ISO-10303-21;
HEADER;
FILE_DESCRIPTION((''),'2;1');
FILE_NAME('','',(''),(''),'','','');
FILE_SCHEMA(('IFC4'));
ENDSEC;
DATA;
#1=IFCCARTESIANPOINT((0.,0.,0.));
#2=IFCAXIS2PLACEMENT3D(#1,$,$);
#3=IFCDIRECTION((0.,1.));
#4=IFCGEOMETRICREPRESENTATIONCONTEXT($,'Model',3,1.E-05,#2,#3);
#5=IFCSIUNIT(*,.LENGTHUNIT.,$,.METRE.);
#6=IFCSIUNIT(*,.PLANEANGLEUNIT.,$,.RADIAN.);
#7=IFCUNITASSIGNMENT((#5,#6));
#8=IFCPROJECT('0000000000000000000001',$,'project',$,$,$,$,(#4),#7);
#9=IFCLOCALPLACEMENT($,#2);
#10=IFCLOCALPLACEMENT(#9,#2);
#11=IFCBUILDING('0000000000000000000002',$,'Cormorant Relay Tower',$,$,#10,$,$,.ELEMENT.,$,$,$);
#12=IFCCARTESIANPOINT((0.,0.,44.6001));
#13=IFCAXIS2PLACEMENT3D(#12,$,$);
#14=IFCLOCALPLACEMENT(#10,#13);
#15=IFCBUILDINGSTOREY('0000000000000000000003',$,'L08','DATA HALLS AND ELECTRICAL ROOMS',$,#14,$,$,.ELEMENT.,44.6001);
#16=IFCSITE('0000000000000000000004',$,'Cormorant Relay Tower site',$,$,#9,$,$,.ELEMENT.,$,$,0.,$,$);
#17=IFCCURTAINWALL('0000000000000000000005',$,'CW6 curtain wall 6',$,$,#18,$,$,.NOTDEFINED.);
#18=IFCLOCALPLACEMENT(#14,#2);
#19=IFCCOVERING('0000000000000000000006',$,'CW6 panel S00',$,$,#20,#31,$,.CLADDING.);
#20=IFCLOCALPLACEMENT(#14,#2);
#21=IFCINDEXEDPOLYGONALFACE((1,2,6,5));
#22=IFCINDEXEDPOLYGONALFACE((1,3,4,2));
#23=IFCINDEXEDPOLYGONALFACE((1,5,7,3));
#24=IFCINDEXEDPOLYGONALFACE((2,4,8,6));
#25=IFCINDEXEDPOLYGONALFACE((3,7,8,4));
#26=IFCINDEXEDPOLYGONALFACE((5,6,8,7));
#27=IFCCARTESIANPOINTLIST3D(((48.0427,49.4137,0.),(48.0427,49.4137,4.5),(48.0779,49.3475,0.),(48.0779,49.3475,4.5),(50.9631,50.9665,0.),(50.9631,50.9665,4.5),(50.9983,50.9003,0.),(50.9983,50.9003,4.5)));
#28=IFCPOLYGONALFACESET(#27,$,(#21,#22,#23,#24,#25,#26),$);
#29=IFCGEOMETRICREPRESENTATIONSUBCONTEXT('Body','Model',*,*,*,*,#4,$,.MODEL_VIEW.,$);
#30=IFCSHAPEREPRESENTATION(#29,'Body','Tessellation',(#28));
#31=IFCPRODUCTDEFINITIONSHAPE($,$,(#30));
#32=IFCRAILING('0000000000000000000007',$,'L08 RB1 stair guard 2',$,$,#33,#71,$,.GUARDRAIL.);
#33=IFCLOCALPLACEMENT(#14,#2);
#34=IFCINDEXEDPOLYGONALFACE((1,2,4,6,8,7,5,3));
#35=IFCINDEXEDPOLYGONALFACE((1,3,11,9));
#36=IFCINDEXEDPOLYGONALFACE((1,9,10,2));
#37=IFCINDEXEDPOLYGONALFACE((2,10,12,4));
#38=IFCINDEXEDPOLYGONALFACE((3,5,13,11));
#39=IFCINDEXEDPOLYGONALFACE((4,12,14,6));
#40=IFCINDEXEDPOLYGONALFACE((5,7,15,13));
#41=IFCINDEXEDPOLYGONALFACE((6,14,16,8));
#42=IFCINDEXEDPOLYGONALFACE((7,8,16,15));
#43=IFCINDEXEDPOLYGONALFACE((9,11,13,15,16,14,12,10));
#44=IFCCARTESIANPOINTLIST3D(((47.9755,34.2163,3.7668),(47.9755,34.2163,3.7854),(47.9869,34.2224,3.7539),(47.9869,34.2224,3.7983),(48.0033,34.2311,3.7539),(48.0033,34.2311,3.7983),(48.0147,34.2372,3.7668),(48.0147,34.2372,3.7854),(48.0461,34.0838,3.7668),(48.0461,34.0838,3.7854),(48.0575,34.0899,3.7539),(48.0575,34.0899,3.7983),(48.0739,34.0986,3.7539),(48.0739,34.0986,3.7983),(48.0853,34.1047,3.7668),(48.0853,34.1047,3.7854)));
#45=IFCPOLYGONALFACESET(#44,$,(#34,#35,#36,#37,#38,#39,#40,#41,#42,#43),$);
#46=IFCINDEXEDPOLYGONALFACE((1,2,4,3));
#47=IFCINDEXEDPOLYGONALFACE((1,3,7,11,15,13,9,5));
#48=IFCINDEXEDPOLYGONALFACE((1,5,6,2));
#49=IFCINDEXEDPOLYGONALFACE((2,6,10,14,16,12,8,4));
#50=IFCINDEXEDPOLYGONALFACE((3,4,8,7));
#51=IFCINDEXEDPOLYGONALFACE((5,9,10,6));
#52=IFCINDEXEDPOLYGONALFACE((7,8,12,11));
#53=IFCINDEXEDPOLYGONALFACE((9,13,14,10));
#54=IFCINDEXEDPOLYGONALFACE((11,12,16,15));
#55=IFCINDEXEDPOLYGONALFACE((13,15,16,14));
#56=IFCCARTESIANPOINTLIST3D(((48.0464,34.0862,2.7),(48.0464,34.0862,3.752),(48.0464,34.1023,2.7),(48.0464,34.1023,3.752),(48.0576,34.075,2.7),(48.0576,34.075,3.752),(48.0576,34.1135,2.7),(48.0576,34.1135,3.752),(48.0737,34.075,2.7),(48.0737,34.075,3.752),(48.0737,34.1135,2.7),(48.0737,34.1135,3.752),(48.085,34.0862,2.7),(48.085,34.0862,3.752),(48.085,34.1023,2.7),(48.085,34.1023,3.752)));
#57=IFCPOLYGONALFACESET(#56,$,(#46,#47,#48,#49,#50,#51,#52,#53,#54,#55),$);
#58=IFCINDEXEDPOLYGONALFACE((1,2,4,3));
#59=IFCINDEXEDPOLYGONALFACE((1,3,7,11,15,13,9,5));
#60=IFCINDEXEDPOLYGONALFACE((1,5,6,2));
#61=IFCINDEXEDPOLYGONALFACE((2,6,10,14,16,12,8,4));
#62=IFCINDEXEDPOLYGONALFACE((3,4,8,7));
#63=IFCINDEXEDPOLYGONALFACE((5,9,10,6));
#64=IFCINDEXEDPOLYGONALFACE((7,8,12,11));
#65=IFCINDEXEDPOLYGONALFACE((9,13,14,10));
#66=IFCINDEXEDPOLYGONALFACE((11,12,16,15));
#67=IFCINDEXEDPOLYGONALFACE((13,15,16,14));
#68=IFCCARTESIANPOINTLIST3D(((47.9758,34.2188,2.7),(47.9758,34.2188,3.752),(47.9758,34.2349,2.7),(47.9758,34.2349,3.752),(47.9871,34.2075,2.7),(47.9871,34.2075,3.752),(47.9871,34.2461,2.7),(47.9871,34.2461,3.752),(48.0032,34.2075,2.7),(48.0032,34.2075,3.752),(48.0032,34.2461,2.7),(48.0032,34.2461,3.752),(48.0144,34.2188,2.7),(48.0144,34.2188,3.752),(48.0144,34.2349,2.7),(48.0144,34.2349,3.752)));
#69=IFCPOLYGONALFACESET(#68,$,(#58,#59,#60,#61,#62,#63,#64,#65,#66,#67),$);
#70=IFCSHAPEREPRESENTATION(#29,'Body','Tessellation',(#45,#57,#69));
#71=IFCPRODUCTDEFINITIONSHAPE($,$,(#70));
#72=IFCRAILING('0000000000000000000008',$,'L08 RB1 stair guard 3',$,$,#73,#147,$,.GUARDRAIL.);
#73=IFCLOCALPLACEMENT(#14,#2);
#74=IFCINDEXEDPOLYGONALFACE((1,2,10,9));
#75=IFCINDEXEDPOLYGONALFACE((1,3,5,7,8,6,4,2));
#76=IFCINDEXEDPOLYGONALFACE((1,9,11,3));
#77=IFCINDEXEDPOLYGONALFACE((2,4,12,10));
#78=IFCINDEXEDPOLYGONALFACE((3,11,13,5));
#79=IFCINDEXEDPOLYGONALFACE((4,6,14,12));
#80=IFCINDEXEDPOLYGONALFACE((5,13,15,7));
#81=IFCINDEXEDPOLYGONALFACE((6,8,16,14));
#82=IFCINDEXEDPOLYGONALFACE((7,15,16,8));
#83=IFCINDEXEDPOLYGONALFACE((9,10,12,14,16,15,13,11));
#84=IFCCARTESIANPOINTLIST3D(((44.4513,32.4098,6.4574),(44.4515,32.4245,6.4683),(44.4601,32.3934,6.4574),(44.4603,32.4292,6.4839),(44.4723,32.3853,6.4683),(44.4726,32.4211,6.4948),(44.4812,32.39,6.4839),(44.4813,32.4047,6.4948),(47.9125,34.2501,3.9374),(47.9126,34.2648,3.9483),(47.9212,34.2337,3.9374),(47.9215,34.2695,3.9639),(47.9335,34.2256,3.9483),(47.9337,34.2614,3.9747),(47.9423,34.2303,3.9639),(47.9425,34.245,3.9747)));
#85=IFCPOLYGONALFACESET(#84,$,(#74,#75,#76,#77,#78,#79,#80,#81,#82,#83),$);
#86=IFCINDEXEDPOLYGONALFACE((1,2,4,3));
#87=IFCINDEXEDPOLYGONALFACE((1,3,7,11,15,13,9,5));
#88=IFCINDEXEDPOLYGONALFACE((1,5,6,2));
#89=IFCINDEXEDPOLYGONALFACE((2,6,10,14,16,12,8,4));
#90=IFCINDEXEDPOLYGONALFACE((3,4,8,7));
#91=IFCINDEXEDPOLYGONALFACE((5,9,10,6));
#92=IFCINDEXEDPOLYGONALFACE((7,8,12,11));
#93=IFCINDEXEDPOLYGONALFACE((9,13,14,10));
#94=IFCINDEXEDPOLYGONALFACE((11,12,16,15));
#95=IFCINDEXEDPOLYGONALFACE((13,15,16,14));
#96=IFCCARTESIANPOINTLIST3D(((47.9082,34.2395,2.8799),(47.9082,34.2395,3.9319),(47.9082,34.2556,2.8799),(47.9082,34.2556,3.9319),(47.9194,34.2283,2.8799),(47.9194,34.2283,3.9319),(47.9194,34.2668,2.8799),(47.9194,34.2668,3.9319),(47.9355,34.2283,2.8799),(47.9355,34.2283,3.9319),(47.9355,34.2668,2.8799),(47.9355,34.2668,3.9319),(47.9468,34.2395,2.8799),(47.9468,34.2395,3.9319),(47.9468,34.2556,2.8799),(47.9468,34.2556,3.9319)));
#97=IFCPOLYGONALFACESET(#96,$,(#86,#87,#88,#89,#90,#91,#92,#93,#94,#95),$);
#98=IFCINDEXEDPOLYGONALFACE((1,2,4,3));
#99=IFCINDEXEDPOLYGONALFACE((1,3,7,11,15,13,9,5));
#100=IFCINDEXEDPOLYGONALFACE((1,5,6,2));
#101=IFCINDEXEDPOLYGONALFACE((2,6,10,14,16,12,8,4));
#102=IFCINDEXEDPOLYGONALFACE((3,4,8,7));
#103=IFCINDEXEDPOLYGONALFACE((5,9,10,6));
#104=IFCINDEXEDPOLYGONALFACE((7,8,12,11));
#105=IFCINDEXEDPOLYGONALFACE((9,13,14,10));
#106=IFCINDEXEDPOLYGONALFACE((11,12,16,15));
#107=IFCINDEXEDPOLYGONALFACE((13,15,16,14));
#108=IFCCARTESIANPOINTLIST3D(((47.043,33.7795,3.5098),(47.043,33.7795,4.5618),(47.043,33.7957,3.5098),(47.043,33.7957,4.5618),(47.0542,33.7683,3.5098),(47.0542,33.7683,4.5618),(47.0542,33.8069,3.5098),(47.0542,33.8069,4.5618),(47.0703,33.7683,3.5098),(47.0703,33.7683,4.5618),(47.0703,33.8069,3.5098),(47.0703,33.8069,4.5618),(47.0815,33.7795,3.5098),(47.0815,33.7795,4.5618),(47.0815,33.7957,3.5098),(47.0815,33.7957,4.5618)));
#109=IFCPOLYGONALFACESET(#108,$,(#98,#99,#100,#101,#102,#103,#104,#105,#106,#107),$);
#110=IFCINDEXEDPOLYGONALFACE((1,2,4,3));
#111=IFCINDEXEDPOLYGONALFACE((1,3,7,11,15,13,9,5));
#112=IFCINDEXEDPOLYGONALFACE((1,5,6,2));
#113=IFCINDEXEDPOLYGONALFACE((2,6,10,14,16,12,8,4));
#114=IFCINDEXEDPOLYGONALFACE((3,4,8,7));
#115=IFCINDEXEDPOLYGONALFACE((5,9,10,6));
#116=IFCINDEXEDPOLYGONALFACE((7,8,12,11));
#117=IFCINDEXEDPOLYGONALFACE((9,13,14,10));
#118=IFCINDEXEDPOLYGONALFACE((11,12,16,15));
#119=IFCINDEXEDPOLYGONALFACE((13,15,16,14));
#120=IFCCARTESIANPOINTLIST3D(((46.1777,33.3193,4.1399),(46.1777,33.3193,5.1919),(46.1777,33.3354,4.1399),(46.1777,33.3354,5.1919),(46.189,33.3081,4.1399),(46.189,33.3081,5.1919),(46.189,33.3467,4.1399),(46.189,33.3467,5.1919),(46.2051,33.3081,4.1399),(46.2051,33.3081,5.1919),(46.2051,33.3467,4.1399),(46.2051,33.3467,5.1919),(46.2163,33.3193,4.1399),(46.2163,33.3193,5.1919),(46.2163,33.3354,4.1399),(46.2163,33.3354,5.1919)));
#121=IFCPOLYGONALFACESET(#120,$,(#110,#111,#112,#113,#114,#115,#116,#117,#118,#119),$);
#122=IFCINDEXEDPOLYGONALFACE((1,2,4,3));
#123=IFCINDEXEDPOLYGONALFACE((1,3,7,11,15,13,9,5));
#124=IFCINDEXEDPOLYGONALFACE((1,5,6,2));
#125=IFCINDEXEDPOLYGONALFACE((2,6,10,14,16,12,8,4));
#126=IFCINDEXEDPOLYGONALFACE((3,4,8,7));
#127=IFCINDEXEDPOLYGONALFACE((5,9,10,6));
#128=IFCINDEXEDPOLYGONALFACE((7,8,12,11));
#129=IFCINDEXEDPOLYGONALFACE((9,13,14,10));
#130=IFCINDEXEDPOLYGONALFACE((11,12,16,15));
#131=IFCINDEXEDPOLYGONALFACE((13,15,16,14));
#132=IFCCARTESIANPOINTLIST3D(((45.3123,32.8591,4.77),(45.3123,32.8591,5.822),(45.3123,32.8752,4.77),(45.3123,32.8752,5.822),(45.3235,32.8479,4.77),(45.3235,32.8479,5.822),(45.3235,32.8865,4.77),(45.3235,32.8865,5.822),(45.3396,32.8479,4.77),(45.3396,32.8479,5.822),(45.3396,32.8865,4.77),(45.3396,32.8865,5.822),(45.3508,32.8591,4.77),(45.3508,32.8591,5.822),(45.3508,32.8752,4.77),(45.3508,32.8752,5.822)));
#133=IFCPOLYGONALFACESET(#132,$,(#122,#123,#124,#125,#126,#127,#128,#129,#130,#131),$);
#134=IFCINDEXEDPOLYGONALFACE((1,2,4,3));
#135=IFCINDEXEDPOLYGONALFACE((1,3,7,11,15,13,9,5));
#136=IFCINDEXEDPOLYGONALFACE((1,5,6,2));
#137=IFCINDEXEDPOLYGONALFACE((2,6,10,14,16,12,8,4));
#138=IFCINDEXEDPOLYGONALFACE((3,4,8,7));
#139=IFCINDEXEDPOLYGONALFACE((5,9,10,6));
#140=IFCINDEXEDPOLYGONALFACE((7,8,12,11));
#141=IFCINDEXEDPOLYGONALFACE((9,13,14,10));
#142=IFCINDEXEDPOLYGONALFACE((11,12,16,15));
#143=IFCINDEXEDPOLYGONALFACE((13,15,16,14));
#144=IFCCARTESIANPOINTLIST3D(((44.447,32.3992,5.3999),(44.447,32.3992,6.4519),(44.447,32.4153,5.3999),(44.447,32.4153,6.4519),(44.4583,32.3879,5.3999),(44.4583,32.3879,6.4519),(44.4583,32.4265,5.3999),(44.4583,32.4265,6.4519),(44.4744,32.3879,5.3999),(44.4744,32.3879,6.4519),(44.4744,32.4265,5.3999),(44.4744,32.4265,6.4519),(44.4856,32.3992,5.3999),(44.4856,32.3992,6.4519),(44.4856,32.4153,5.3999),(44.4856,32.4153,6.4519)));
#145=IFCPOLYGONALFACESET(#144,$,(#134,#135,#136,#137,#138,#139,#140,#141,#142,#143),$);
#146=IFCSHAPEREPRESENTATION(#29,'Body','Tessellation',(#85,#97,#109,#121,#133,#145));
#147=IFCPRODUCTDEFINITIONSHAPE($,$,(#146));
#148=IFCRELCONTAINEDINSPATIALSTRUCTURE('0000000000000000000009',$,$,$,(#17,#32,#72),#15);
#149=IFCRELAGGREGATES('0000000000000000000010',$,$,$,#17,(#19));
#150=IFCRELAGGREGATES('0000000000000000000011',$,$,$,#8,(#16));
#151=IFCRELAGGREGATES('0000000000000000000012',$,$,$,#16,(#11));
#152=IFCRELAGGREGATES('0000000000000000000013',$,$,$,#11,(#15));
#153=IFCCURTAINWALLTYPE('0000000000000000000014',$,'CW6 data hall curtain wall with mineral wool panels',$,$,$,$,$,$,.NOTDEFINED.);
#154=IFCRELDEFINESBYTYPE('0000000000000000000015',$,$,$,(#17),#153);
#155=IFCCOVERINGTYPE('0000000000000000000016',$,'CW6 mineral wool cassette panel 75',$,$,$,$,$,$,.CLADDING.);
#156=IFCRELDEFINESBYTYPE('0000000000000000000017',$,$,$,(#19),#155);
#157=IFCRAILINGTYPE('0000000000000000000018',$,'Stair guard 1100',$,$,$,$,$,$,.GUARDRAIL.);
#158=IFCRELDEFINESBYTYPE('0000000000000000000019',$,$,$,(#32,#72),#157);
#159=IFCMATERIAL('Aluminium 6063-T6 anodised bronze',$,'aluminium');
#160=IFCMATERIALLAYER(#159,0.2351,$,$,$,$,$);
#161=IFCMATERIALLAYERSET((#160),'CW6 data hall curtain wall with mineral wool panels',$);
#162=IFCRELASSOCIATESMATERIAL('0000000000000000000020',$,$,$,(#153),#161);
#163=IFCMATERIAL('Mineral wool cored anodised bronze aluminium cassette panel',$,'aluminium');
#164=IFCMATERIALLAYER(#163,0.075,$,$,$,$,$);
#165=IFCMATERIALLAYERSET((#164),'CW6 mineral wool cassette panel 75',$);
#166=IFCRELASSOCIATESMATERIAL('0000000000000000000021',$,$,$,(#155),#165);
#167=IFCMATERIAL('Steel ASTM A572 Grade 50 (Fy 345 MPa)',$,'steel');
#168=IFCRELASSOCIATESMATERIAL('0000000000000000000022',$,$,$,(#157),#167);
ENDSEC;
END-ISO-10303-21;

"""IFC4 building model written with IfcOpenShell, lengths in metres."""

from ifc_helpers import new_model, si_unit, direction, frame, origin, origin_2d, place, context, subcontext, project, spatial, polyline, rectangle, outline, extrude, material, layer, layer_set, type_object, element, aggregate, save


model = new_model("IFC4")

# Units and contexts
model_context = context("Model", 3, precision=1e-05, world=origin(), true_north=direction((0.0, 1.0)))
body_context = subcontext(model_context, "Body", "Model", "MODEL_VIEW")
ifc_project = project(units=[si_unit("LENGTHUNIT", "METRE"), si_unit("PLANEANGLEUNIT", "RADIAN")], contexts=[model_context])

# Site, building, storey
site_placement = place(None, origin())
site = spatial("IfcSite", under=ifc_project, at=site_placement, Name="Cormorant Relay Tower site", CompositionType="ELEMENT", RefElevation=0.0)
building_placement = place(site_placement, origin())
building = spatial("IfcBuilding", under=site, at=building_placement, Name="Cormorant Relay Tower", CompositionType="ELEMENT")
storey_placement = place(building_placement, frame((0.0, 0.0, 44.6001)))
storey = spatial("IfcBuildingStorey", under=building, at=storey_placement, Name="L08", Description="DATA HALLS AND ELECTRICAL ROOMS", CompositionType="ELEMENT", Elevation=44.6001)

# Shared definitions
ifc_material_1 = material(Name="Aluminium 6063-T6 anodised bronze", Category="aluminium")
ifc_layer_1 = layer(ifc_material_1, 0.2351)
ifc_layer_set_1 = layer_set([ifc_layer_1], Name="CW6 data hall curtain wall with mineral wool panels")
curtain_wall_type = type_object("IfcCurtainWallType", Name="CW6 data hall curtain wall with mineral wool panels", PredefinedType="NOTDEFINED", material=ifc_layer_set_1)

# Curtain wall
curtain_wall_1_placement = place(storey_placement, origin())
curtain_wall_1 = element("IfcCurtainWall", 1, at=curtain_wall_1_placement, inside=storey, type_object=curtain_wall_type, Name="CW6 curtain wall 6", PredefinedType="NOTDEFINED")

# Covering
ifc_material_2 = material(Name="Mineral wool cored anodised bronze aluminium cassette panel", Category="aluminium")
ifc_layer_2 = layer(ifc_material_2, 0.075)
ifc_layer_set_2 = layer_set([ifc_layer_2], Name="CW6 mineral wool cassette panel 75")
covering_type = type_object("IfcCoveringType", Name="CW6 mineral wool cassette panel 75", PredefinedType="CLADDING", material=ifc_layer_set_2)
covering_1_placement = place(storey_placement, frame((49.5205, 50.157, 0.0), z_axis=(0.0, 0.0, 1.0), x_axis=(-0.882948, -0.469472, 0.0)))
covering_1 = element("IfcCovering", 2, at=covering_1_placement, type_object=covering_type, Name="CW6 panel S00", PredefinedType="CLADDING", context=body_context, shape_type="SweptSolid", body=[
    extrude(rectangle(XDim=3.3076, YDim=0.075, at=origin_2d()), origin(), (0.0, 0.0, 1.0), 4.5),
])
aggregate(curtain_wall_1, [covering_1])

# Railings
ifc_material_3 = material(Name="Steel ASTM A572 Grade 50 (Fy 345 MPa)", Category="steel")
railing_type_1 = type_object("IfcRailingType", Name="Stair guard 1100", PredefinedType="GUARDRAIL", material=ifc_material_3)
railing_1_placement = place(storey_placement, frame((48.0657, 34.0942, 2.7)))
element("IfcRailing", 3, at=railing_1_placement, inside=storey, type_object=railing_type_1, Name="L08 RB1 stair guard 2", PredefinedType="GUARDRAIL", context=body_context, shape_type="SweptSolid", body=[
    extrude(outline(polyline([(0.0222, 0.0093), (0.0093, 0.0222), (-0.0093, 0.0222), (-0.0222, 0.0093), (-0.0222, -0.0093), (-0.0093, -0.0222), (0.0093, -0.0222), (0.0222, -0.0093), (0.0222, 0.0093)])), frame((0.0, 0.0, 1.0762), z_axis=(-0.469829, 0.882758, 0.0), x_axis=(-0.882758, -0.469829, 0.0)), (0.0, 0.0, 1.0), 0.1501),
    extrude(outline(polyline([(0.0193, 0.0081), (0.0081, 0.0193), (-0.0081, 0.0193), (-0.0193, 0.0081), (-0.0193, -0.0081), (-0.0081, -0.0193), (0.0081, -0.0193), (0.0193, -0.0081), (0.0193, 0.0081)])), origin(), (0.0, 0.0, 1.0), 1.052),
    extrude(outline(polyline([(0.0193, 0.0081), (0.0081, 0.0193), (-0.0081, 0.0193), (-0.0193, 0.0081), (-0.0193, -0.0081), (-0.0081, -0.0193), (0.0081, -0.0193), (0.0193, -0.0081), (0.0193, 0.0081)])), frame((-0.0706, 0.1326, 0.0)), (0.0, 0.0, 1.0), 1.052),
])
railing_2_placement = place(storey_placement, frame((47.9275, 34.2476, 2.8799)))
element("IfcRailing", 4, at=railing_2_placement, inside=storey, type_object=railing_type_1, Name="L08 RB1 stair guard 3", PredefinedType="GUARDRAIL", context=body_context, shape_type="SweptSolid", body=[
    extrude(outline(polyline([(0.0222, 0.0093), (0.0093, 0.0222), (-0.0093, 0.0222), (-0.0222, 0.0093), (-0.0222, -0.0093), (-0.0093, -0.0222), (0.0093, -0.0222), (0.0222, -0.0093), (0.0222, 0.0093)])), frame((0.0, 0.0, 1.0762), z_axis=(-0.742717, -0.394907, 0.540758), x_axis=(0.469469, -0.882949, 0.0)), (0.0, 0.0, 1.0), 4.6602),
    extrude(outline(polyline([(0.0193, 0.0081), (0.0081, 0.0193), (-0.0081, 0.0193), (-0.0193, 0.0081), (-0.0193, -0.0081), (-0.0081, -0.0193), (0.0081, -0.0193), (0.0193, -0.0081), (0.0193, 0.0081)])), origin(), (0.0, 0.0, 1.0), 1.052),
    extrude(outline(polyline([(0.0193, 0.0081), (0.0081, 0.0193), (-0.0081, 0.0193), (-0.0193, 0.0081), (-0.0193, -0.0081), (-0.0081, -0.0193), (0.0081, -0.0193), (0.0193, -0.0081), (0.0193, 0.0081)])), frame((-0.8652, -0.46, 0.6299)), (0.0, 0.0, 1.0), 1.052),
    extrude(outline(polyline([(0.0193, 0.0081), (0.0081, 0.0193), (-0.0081, 0.0193), (-0.0193, 0.0081), (-0.0193, -0.0081), (-0.0081, -0.0193), (0.0081, -0.0193), (0.0193, -0.0081), (0.0193, 0.0081)])), frame((-1.7305, -0.9202, 1.26)), (0.0, 0.0, 1.0), 1.052),
    extrude(outline(polyline([(0.0193, 0.0081), (0.0081, 0.0193), (-0.0081, 0.0193), (-0.0193, 0.0081), (-0.0193, -0.0081), (-0.0081, -0.0193), (0.0081, -0.0193), (0.0193, -0.0081), (0.0193, 0.0081)])), frame((-2.5959, -1.3804, 1.8901)), (0.0, 0.0, 1.0), 1.052),
    extrude(outline(polyline([(0.0193, 0.0081), (0.0081, 0.0193), (-0.0081, 0.0193), (-0.0193, 0.0081), (-0.0193, -0.0081), (-0.0081, -0.0193), (0.0081, -0.0193), (0.0193, -0.0081), (0.0193, 0.0081)])), frame((-3.4612, -1.8403, 2.52)), (0.0, 0.0, 1.0), 1.052),
])

save(model, "model.ifc")
